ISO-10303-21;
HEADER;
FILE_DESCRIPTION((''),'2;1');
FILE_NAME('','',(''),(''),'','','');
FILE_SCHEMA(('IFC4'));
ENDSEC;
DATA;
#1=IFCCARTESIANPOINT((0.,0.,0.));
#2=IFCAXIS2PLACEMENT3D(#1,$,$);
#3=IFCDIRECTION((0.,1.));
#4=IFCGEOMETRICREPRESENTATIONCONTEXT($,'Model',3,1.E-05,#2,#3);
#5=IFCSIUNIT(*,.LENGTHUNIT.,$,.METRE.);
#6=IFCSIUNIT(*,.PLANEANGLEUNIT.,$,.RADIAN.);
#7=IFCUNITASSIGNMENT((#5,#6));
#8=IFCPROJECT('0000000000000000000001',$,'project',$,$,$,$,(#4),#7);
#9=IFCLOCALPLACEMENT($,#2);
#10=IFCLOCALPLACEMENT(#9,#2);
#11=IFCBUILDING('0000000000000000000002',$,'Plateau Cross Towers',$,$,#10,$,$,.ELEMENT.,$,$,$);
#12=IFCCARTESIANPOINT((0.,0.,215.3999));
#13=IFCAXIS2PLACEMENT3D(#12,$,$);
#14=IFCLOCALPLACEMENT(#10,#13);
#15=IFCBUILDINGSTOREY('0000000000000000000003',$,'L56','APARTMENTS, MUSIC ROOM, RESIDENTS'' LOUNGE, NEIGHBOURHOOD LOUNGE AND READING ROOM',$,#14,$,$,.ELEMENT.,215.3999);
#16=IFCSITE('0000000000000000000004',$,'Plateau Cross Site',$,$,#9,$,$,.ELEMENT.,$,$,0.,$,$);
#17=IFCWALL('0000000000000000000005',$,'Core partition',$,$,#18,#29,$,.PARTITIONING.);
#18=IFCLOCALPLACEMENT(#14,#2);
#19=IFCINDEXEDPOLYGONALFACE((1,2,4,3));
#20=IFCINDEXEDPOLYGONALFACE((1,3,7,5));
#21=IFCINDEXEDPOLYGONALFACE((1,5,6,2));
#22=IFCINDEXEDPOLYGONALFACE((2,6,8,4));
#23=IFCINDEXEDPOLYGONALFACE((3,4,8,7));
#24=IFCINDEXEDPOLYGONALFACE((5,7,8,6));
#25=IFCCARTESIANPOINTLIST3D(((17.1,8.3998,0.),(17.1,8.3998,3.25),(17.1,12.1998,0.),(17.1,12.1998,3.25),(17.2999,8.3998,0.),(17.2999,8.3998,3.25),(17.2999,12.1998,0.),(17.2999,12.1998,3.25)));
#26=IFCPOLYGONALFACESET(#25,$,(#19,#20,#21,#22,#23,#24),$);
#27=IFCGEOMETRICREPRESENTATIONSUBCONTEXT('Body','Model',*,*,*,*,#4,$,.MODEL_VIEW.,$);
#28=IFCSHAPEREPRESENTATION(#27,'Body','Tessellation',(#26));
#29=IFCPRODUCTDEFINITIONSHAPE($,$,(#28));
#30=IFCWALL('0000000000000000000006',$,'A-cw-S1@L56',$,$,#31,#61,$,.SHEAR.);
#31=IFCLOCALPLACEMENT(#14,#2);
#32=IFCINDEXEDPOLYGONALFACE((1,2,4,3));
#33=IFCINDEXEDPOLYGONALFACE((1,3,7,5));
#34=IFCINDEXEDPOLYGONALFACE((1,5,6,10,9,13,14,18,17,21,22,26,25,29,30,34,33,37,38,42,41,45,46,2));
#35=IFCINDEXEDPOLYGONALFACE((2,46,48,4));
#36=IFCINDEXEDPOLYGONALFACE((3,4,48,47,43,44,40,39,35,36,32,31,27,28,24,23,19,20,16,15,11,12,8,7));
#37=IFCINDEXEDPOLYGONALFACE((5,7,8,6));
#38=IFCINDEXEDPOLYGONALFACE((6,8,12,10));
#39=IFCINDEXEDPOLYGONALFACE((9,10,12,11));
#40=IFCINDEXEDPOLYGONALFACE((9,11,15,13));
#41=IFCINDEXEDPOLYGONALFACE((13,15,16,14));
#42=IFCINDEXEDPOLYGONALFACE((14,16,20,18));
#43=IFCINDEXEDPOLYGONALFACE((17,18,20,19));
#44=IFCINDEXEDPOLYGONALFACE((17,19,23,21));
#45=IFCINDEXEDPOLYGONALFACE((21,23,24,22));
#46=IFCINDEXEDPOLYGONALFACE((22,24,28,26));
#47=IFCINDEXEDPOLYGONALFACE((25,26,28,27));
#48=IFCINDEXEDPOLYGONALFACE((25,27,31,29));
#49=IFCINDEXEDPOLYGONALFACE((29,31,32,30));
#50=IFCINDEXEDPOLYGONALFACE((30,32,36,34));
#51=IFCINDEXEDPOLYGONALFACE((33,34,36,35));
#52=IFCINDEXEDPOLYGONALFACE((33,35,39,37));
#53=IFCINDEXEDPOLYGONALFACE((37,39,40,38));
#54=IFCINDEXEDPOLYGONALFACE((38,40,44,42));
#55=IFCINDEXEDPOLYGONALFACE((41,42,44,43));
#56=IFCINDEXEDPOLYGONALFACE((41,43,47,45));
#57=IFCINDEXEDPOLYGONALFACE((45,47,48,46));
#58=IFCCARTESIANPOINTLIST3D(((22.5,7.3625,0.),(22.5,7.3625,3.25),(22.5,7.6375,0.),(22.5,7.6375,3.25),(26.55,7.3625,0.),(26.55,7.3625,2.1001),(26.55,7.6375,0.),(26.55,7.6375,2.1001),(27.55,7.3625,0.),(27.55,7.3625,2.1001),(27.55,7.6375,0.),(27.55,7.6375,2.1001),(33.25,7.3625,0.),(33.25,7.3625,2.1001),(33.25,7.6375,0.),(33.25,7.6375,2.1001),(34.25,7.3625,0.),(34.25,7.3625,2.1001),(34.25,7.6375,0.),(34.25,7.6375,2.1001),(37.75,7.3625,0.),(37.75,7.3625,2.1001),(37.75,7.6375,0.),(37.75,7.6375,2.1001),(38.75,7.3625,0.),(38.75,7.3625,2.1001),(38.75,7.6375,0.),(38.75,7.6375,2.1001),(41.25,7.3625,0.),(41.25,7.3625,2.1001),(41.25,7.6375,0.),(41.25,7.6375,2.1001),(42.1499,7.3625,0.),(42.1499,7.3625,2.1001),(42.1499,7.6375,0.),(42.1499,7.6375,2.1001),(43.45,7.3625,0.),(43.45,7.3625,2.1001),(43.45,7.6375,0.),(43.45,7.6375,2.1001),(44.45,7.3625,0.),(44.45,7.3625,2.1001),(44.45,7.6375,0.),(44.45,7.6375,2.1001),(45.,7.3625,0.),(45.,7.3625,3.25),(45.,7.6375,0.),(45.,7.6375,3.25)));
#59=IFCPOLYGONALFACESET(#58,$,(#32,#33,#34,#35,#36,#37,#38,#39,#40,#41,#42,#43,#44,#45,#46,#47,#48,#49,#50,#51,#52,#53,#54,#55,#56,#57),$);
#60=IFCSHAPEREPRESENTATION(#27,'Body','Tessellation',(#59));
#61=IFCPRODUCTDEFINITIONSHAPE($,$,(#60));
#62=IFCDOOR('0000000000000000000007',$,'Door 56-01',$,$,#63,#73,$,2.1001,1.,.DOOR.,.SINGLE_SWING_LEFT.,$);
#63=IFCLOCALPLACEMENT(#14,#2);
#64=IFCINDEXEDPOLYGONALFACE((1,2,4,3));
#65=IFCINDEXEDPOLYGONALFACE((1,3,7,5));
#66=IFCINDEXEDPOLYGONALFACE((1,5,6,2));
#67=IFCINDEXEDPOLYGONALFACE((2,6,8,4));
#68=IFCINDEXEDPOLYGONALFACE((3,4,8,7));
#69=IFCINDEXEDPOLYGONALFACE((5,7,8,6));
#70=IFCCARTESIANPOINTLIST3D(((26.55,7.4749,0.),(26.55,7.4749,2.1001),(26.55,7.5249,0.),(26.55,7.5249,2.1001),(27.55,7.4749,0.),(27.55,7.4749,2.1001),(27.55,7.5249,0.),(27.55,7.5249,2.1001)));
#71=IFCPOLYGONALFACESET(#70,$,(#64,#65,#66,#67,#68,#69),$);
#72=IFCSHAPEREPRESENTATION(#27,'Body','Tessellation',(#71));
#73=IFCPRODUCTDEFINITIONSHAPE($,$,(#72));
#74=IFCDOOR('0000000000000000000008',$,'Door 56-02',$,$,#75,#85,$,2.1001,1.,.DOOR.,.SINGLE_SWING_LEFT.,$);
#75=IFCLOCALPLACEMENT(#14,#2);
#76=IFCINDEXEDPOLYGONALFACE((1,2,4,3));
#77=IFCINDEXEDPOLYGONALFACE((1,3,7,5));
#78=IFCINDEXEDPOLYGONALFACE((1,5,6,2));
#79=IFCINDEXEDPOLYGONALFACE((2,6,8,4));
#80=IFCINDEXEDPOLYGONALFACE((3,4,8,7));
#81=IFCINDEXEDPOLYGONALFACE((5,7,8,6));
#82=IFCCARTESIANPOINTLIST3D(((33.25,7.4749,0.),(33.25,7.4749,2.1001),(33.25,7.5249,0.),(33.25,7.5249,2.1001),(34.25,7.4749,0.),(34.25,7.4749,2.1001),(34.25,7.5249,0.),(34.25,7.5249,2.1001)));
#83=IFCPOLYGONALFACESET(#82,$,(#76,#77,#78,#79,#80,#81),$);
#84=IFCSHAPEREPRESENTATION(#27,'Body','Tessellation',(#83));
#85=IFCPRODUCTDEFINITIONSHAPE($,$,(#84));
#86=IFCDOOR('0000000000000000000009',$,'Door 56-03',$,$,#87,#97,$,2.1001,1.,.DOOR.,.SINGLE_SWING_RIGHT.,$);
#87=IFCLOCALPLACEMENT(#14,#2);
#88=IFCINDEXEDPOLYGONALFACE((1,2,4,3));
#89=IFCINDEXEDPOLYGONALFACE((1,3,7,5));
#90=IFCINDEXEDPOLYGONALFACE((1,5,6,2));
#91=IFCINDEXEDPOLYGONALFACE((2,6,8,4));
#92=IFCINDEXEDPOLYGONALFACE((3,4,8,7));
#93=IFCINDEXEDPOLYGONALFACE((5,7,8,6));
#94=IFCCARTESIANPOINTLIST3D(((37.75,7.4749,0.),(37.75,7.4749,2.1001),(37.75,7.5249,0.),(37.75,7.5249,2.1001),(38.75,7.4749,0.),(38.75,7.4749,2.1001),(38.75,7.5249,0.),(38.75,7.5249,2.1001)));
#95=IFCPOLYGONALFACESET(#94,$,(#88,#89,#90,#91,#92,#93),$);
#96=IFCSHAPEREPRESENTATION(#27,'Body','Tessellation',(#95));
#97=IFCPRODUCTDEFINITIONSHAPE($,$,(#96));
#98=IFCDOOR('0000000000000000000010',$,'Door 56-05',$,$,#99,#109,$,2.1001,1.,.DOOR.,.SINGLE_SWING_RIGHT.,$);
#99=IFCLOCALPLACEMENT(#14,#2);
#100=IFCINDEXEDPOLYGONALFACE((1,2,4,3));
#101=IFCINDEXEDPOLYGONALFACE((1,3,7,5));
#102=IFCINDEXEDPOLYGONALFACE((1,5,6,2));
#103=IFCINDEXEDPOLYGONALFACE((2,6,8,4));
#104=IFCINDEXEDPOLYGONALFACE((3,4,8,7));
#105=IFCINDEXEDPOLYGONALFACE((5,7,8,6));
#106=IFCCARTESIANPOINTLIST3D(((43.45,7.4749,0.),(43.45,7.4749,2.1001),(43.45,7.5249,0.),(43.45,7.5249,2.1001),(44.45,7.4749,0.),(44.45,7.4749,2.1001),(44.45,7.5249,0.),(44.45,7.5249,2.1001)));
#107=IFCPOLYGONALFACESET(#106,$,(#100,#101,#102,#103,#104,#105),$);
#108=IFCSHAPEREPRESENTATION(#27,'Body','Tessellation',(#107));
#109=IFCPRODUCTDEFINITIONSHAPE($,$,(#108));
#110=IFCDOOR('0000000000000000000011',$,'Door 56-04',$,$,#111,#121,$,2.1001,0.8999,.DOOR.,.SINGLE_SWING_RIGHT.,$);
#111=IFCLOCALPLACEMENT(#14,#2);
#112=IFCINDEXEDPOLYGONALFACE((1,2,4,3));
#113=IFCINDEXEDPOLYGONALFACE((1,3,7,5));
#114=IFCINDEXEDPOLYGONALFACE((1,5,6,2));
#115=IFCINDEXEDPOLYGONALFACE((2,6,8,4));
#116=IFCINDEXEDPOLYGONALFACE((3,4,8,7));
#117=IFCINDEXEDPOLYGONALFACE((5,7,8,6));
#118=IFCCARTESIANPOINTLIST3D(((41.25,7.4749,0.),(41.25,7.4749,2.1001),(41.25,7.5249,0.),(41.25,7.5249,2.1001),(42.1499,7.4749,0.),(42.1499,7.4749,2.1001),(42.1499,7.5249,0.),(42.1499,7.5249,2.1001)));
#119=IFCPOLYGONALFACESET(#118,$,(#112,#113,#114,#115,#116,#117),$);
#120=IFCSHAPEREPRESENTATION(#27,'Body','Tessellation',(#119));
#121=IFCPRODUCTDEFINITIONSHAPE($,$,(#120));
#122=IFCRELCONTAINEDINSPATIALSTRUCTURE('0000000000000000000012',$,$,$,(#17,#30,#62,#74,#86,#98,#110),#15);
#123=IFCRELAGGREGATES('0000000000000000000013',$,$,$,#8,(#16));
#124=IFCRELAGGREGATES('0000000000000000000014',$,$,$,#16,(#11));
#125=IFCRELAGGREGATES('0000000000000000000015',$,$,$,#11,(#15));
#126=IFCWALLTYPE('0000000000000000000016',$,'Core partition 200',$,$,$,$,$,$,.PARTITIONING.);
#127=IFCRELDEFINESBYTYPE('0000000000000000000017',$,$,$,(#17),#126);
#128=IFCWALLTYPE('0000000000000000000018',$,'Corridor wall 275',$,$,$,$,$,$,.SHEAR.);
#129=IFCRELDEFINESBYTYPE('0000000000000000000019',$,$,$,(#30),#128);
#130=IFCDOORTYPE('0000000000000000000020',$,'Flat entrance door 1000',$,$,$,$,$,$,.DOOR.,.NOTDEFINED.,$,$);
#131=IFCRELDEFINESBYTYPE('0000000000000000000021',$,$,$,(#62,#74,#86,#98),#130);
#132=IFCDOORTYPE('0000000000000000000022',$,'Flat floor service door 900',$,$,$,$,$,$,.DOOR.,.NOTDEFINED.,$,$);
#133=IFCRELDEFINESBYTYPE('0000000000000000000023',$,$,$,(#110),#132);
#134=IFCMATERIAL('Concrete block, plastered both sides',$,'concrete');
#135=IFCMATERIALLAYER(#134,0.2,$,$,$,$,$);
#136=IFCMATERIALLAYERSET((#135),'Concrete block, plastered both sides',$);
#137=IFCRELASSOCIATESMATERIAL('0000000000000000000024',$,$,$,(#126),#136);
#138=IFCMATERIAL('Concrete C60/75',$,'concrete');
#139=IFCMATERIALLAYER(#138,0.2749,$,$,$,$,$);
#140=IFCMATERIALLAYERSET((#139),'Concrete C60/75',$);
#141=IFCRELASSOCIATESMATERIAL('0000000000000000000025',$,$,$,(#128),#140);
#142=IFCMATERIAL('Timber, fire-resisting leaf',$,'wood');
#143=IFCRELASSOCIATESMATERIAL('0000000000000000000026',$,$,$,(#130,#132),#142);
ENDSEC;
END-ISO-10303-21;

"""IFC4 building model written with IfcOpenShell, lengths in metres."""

from ifc_helpers import new_model, si_unit, direction, frame, frame_2d, origin, place, context, subcontext, project, spatial, rectangle, extrude, material, layer, layer_set, type_object, element, fill, save


model = new_model("IFC4")

# Units and contexts
model_context = context("Model", 3, precision=1e-05, world=origin(), true_north=direction((0.0, 1.0)))
body_context = subcontext(model_context, "Body", "Model", "MODEL_VIEW")
ifc_project = project(units=[si_unit("LENGTHUNIT", "METRE"), si_unit("PLANEANGLEUNIT", "RADIAN")], contexts=[model_context])

# Site, building, storey
site_placement = place(None, origin())
site = spatial("IfcSite", under=ifc_project, at=site_placement, Name="Plateau Cross Site", CompositionType="ELEMENT", RefElevation=0.0)
building_placement = place(site_placement, origin())
building = spatial("IfcBuilding", under=site, at=building_placement, Name="Plateau Cross Towers", CompositionType="ELEMENT")
storey_placement = place(building_placement, frame((0.0, 0.0, 215.3999)))
storey = spatial("IfcBuildingStorey", under=building, at=storey_placement, Name="L56", Description="APARTMENTS, MUSIC ROOM, RESIDENTS' LOUNGE, NEIGHBOURHOOD LOUNGE AND READING ROOM", CompositionType="ELEMENT", Elevation=215.3999)

# Wall
ifc_material_1 = material(Name="Concrete block, plastered both sides", Category="concrete")
ifc_layer_1 = layer(ifc_material_1, 0.2)
ifc_layer_set_1 = layer_set([ifc_layer_1], Name="Concrete block, plastered both sides")
wall_type_1 = type_object("IfcWallType", Name="Core partition 200", PredefinedType="PARTITIONING", material=ifc_layer_set_1)
wall_1_placement = place(storey_placement, frame((17.2, 8.3999, 0.0), z_axis=(0.0, 0.0, 1.0), x_axis=(0.0, 1.0, 0.0)))
element("IfcWall", 1, at=wall_1_placement, inside=storey, type_object=wall_type_1, Name="Core partition", PredefinedType="PARTITIONING", context=body_context, shape_type="SweptSolid", body=[
    extrude(rectangle(XDim=3.8, YDim=0.2, at=frame_2d((1.8999, 0.0))), origin(), (0.0, 0.0, 1.0), 3.25),
])

# Wall, openings, doors
ifc_material_2 = material(Name="Concrete C60/75", Category="concrete")
ifc_layer_2 = layer(ifc_material_2, 0.2749)
ifc_layer_set_2 = layer_set([ifc_layer_2], Name="Concrete C60/75")
wall_type_2 = type_object("IfcWallType", Name="Corridor wall 275", PredefinedType="SHEAR", material=ifc_layer_set_2)
wall_2_placement = place(storey_placement, frame((22.5, 7.5, 0.0), z_axis=(0.0, 0.0, 1.0), x_axis=(1.0, 0.0, 0.0)))
wall_2 = element("IfcWall", 2, at=wall_2_placement, inside=storey, type_object=wall_type_2, Name="A-cw-S1@L56", PredefinedType="SHEAR", context=body_context, shape_type="SweptSolid", body=[
    extrude(rectangle(XDim=22.5, YDim=0.2749, at=frame_2d((11.25, 0.0))), origin(), (0.0, 0.0, 1.0), 3.25),
])
opening_1_placement = place(wall_2_placement, frame((4.05, 0.0, 0.0)))
opening_1 = element("IfcOpeningElement", 3, at=opening_1_placement, cuts=wall_2, PredefinedType="OPENING", context=body_context, shape_type="SweptSolid", body=[
    extrude(rectangle(XDim=1.0, YDim=2.1001, at=frame_2d((0.5, 1.05))), frame((0.0, 0.1475, 0.0), z_axis=(0.0, -1.0, 0.0), x_axis=(1.0, 0.0, 0.0)), (0.0, 0.0, 1.0), 0.2949),
])
opening_2_placement = place(wall_2_placement, frame((10.75, 0.0, 0.0)))
opening_2 = element("IfcOpeningElement", 4, at=opening_2_placement, cuts=wall_2, PredefinedType="OPENING", context=body_context, shape_type="SweptSolid", body=[
    extrude(rectangle(XDim=1.0, YDim=2.1001, at=frame_2d((0.5, 1.05))), frame((0.0, 0.1475, 0.0), z_axis=(0.0, -1.0, 0.0), x_axis=(1.0, 0.0, 0.0)), (0.0, 0.0, 1.0), 0.2949),
])
opening_3_placement = place(wall_2_placement, frame((15.25, 0.0, 0.0)))
opening_3 = element("IfcOpeningElement", 5, at=opening_3_placement, cuts=wall_2, PredefinedType="OPENING", context=body_context, shape_type="SweptSolid", body=[
    extrude(rectangle(XDim=1.0, YDim=2.1001, at=frame_2d((0.5, 1.05))), frame((0.0, 0.1475, 0.0), z_axis=(0.0, -1.0, 0.0), x_axis=(1.0, 0.0, 0.0)), (0.0, 0.0, 1.0), 0.2949),
])
opening_4_placement = place(wall_2_placement, frame((18.75, 0.0, 0.0)))
opening_4 = element("IfcOpeningElement", 6, at=opening_4_placement, cuts=wall_2, PredefinedType="OPENING", context=body_context, shape_type="SweptSolid", body=[
    extrude(rectangle(XDim=0.8999, YDim=2.1001, at=frame_2d((0.45, 1.05))), frame((0.0, 0.1475, 0.0), z_axis=(0.0, -1.0, 0.0), x_axis=(1.0, 0.0, 0.0)), (0.0, 0.0, 1.0), 0.2949),
])
opening_5_placement = place(wall_2_placement, frame((20.95, 0.0, 0.0)))
opening_5 = element("IfcOpeningElement", 7, at=opening_5_placement, cuts=wall_2, PredefinedType="OPENING", context=body_context, shape_type="SweptSolid", body=[
    extrude(rectangle(XDim=1.0, YDim=2.1001, at=frame_2d((0.5, 1.05))), frame((0.0, 0.1475, 0.0), z_axis=(0.0, -1.0, 0.0), x_axis=(1.0, 0.0, 0.0)), (0.0, 0.0, 1.0), 0.2949),
])
ifc_material_3 = material(Name="Timber, fire-resisting leaf", Category="wood")
door_type_1 = type_object("IfcDoorType", Name="Flat entrance door 1000", OperationType="NOTDEFINED", PredefinedType="DOOR", material=ifc_material_3)
door_1_placement = place(opening_1_placement, origin())
door_1 = element("IfcDoor", 8, at=door_1_placement, inside=storey, type_object=door_type_1, Name="Door 56-01", OperationType="SINGLE_SWING_LEFT", OverallHeight=2.1001, OverallWidth=1.0, PredefinedType="DOOR", context=body_context, shape_type="SweptSolid", body=[
    extrude(rectangle(XDim=1.0, YDim=2.1001, at=frame_2d((0.5, 1.05))), frame((0.0, 0.0249, 0.0), z_axis=(0.0, -1.0, 0.0), x_axis=(1.0, 0.0, 0.0)), (0.0, 0.0, 1.0), 0.05),
])
fill(opening_1, door_1)
door_2_placement = place(opening_2_placement, origin())
door_2 = element("IfcDoor", 9, at=door_2_placement, inside=storey, type_object=door_type_1, Name="Door 56-02", OperationType="SINGLE_SWING_LEFT", OverallHeight=2.1001, OverallWidth=1.0, PredefinedType="DOOR", context=body_context, shape_type="SweptSolid", body=[
    extrude(rectangle(XDim=1.0, YDim=2.1001, at=frame_2d((0.5, 1.05))), frame((0.0, 0.0249, 0.0), z_axis=(0.0, -1.0, 0.0), x_axis=(1.0, 0.0, 0.0)), (0.0, 0.0, 1.0), 0.05),
])
fill(opening_2, door_2)
door_3_placement = place(opening_3_placement, origin())
door_3 = element("IfcDoor", 10, at=door_3_placement, inside=storey, type_object=door_type_1, Name="Door 56-03", OperationType="SINGLE_SWING_RIGHT", OverallHeight=2.1001, OverallWidth=1.0, PredefinedType="DOOR", context=body_context, shape_type="SweptSolid", body=[
    extrude(rectangle(XDim=1.0, YDim=2.1001, at=frame_2d((0.5, 1.05))), frame((0.0, 0.0249, 0.0), z_axis=(0.0, -1.0, 0.0), x_axis=(1.0, 0.0, 0.0)), (0.0, 0.0, 1.0), 0.05),
])
fill(opening_3, door_3)
door_4_placement = place(opening_5_placement, origin())
door_4 = element("IfcDoor", 11, at=door_4_placement, inside=storey, type_object=door_type_1, Name="Door 56-05", OperationType="SINGLE_SWING_RIGHT", OverallHeight=2.1001, OverallWidth=1.0, PredefinedType="DOOR", context=body_context, shape_type="SweptSolid", body=[
    extrude(rectangle(XDim=1.0, YDim=2.1001, at=frame_2d((0.5, 1.05))), frame((0.0, 0.0249, 0.0), z_axis=(0.0, -1.0, 0.0), x_axis=(1.0, 0.0, 0.0)), (0.0, 0.0, 1.0), 0.05),
])
fill(opening_5, door_4)
door_type_2 = type_object("IfcDoorType", Name="Flat floor service door 900", OperationType="NOTDEFINED", PredefinedType="DOOR", material=ifc_material_3)
door_5_placement = place(opening_4_placement, origin())
door_5 = element("IfcDoor", 12, at=door_5_placement, inside=storey, type_object=door_type_2, Name="Door 56-04", OperationType="SINGLE_SWING_RIGHT", OverallHeight=2.1001, OverallWidth=0.8999, PredefinedType="DOOR", context=body_context, shape_type="SweptSolid", body=[
    extrude(rectangle(XDim=0.8999, YDim=2.1001, at=frame_2d((0.45, 1.05))), frame((0.0, 0.0249, 0.0), z_axis=(0.0, -1.0, 0.0), x_axis=(1.0, 0.0, 0.0)), (0.0, 0.0, 1.0), 0.05),
])
fill(opening_4, door_5)

save(model, "model.ifc")
